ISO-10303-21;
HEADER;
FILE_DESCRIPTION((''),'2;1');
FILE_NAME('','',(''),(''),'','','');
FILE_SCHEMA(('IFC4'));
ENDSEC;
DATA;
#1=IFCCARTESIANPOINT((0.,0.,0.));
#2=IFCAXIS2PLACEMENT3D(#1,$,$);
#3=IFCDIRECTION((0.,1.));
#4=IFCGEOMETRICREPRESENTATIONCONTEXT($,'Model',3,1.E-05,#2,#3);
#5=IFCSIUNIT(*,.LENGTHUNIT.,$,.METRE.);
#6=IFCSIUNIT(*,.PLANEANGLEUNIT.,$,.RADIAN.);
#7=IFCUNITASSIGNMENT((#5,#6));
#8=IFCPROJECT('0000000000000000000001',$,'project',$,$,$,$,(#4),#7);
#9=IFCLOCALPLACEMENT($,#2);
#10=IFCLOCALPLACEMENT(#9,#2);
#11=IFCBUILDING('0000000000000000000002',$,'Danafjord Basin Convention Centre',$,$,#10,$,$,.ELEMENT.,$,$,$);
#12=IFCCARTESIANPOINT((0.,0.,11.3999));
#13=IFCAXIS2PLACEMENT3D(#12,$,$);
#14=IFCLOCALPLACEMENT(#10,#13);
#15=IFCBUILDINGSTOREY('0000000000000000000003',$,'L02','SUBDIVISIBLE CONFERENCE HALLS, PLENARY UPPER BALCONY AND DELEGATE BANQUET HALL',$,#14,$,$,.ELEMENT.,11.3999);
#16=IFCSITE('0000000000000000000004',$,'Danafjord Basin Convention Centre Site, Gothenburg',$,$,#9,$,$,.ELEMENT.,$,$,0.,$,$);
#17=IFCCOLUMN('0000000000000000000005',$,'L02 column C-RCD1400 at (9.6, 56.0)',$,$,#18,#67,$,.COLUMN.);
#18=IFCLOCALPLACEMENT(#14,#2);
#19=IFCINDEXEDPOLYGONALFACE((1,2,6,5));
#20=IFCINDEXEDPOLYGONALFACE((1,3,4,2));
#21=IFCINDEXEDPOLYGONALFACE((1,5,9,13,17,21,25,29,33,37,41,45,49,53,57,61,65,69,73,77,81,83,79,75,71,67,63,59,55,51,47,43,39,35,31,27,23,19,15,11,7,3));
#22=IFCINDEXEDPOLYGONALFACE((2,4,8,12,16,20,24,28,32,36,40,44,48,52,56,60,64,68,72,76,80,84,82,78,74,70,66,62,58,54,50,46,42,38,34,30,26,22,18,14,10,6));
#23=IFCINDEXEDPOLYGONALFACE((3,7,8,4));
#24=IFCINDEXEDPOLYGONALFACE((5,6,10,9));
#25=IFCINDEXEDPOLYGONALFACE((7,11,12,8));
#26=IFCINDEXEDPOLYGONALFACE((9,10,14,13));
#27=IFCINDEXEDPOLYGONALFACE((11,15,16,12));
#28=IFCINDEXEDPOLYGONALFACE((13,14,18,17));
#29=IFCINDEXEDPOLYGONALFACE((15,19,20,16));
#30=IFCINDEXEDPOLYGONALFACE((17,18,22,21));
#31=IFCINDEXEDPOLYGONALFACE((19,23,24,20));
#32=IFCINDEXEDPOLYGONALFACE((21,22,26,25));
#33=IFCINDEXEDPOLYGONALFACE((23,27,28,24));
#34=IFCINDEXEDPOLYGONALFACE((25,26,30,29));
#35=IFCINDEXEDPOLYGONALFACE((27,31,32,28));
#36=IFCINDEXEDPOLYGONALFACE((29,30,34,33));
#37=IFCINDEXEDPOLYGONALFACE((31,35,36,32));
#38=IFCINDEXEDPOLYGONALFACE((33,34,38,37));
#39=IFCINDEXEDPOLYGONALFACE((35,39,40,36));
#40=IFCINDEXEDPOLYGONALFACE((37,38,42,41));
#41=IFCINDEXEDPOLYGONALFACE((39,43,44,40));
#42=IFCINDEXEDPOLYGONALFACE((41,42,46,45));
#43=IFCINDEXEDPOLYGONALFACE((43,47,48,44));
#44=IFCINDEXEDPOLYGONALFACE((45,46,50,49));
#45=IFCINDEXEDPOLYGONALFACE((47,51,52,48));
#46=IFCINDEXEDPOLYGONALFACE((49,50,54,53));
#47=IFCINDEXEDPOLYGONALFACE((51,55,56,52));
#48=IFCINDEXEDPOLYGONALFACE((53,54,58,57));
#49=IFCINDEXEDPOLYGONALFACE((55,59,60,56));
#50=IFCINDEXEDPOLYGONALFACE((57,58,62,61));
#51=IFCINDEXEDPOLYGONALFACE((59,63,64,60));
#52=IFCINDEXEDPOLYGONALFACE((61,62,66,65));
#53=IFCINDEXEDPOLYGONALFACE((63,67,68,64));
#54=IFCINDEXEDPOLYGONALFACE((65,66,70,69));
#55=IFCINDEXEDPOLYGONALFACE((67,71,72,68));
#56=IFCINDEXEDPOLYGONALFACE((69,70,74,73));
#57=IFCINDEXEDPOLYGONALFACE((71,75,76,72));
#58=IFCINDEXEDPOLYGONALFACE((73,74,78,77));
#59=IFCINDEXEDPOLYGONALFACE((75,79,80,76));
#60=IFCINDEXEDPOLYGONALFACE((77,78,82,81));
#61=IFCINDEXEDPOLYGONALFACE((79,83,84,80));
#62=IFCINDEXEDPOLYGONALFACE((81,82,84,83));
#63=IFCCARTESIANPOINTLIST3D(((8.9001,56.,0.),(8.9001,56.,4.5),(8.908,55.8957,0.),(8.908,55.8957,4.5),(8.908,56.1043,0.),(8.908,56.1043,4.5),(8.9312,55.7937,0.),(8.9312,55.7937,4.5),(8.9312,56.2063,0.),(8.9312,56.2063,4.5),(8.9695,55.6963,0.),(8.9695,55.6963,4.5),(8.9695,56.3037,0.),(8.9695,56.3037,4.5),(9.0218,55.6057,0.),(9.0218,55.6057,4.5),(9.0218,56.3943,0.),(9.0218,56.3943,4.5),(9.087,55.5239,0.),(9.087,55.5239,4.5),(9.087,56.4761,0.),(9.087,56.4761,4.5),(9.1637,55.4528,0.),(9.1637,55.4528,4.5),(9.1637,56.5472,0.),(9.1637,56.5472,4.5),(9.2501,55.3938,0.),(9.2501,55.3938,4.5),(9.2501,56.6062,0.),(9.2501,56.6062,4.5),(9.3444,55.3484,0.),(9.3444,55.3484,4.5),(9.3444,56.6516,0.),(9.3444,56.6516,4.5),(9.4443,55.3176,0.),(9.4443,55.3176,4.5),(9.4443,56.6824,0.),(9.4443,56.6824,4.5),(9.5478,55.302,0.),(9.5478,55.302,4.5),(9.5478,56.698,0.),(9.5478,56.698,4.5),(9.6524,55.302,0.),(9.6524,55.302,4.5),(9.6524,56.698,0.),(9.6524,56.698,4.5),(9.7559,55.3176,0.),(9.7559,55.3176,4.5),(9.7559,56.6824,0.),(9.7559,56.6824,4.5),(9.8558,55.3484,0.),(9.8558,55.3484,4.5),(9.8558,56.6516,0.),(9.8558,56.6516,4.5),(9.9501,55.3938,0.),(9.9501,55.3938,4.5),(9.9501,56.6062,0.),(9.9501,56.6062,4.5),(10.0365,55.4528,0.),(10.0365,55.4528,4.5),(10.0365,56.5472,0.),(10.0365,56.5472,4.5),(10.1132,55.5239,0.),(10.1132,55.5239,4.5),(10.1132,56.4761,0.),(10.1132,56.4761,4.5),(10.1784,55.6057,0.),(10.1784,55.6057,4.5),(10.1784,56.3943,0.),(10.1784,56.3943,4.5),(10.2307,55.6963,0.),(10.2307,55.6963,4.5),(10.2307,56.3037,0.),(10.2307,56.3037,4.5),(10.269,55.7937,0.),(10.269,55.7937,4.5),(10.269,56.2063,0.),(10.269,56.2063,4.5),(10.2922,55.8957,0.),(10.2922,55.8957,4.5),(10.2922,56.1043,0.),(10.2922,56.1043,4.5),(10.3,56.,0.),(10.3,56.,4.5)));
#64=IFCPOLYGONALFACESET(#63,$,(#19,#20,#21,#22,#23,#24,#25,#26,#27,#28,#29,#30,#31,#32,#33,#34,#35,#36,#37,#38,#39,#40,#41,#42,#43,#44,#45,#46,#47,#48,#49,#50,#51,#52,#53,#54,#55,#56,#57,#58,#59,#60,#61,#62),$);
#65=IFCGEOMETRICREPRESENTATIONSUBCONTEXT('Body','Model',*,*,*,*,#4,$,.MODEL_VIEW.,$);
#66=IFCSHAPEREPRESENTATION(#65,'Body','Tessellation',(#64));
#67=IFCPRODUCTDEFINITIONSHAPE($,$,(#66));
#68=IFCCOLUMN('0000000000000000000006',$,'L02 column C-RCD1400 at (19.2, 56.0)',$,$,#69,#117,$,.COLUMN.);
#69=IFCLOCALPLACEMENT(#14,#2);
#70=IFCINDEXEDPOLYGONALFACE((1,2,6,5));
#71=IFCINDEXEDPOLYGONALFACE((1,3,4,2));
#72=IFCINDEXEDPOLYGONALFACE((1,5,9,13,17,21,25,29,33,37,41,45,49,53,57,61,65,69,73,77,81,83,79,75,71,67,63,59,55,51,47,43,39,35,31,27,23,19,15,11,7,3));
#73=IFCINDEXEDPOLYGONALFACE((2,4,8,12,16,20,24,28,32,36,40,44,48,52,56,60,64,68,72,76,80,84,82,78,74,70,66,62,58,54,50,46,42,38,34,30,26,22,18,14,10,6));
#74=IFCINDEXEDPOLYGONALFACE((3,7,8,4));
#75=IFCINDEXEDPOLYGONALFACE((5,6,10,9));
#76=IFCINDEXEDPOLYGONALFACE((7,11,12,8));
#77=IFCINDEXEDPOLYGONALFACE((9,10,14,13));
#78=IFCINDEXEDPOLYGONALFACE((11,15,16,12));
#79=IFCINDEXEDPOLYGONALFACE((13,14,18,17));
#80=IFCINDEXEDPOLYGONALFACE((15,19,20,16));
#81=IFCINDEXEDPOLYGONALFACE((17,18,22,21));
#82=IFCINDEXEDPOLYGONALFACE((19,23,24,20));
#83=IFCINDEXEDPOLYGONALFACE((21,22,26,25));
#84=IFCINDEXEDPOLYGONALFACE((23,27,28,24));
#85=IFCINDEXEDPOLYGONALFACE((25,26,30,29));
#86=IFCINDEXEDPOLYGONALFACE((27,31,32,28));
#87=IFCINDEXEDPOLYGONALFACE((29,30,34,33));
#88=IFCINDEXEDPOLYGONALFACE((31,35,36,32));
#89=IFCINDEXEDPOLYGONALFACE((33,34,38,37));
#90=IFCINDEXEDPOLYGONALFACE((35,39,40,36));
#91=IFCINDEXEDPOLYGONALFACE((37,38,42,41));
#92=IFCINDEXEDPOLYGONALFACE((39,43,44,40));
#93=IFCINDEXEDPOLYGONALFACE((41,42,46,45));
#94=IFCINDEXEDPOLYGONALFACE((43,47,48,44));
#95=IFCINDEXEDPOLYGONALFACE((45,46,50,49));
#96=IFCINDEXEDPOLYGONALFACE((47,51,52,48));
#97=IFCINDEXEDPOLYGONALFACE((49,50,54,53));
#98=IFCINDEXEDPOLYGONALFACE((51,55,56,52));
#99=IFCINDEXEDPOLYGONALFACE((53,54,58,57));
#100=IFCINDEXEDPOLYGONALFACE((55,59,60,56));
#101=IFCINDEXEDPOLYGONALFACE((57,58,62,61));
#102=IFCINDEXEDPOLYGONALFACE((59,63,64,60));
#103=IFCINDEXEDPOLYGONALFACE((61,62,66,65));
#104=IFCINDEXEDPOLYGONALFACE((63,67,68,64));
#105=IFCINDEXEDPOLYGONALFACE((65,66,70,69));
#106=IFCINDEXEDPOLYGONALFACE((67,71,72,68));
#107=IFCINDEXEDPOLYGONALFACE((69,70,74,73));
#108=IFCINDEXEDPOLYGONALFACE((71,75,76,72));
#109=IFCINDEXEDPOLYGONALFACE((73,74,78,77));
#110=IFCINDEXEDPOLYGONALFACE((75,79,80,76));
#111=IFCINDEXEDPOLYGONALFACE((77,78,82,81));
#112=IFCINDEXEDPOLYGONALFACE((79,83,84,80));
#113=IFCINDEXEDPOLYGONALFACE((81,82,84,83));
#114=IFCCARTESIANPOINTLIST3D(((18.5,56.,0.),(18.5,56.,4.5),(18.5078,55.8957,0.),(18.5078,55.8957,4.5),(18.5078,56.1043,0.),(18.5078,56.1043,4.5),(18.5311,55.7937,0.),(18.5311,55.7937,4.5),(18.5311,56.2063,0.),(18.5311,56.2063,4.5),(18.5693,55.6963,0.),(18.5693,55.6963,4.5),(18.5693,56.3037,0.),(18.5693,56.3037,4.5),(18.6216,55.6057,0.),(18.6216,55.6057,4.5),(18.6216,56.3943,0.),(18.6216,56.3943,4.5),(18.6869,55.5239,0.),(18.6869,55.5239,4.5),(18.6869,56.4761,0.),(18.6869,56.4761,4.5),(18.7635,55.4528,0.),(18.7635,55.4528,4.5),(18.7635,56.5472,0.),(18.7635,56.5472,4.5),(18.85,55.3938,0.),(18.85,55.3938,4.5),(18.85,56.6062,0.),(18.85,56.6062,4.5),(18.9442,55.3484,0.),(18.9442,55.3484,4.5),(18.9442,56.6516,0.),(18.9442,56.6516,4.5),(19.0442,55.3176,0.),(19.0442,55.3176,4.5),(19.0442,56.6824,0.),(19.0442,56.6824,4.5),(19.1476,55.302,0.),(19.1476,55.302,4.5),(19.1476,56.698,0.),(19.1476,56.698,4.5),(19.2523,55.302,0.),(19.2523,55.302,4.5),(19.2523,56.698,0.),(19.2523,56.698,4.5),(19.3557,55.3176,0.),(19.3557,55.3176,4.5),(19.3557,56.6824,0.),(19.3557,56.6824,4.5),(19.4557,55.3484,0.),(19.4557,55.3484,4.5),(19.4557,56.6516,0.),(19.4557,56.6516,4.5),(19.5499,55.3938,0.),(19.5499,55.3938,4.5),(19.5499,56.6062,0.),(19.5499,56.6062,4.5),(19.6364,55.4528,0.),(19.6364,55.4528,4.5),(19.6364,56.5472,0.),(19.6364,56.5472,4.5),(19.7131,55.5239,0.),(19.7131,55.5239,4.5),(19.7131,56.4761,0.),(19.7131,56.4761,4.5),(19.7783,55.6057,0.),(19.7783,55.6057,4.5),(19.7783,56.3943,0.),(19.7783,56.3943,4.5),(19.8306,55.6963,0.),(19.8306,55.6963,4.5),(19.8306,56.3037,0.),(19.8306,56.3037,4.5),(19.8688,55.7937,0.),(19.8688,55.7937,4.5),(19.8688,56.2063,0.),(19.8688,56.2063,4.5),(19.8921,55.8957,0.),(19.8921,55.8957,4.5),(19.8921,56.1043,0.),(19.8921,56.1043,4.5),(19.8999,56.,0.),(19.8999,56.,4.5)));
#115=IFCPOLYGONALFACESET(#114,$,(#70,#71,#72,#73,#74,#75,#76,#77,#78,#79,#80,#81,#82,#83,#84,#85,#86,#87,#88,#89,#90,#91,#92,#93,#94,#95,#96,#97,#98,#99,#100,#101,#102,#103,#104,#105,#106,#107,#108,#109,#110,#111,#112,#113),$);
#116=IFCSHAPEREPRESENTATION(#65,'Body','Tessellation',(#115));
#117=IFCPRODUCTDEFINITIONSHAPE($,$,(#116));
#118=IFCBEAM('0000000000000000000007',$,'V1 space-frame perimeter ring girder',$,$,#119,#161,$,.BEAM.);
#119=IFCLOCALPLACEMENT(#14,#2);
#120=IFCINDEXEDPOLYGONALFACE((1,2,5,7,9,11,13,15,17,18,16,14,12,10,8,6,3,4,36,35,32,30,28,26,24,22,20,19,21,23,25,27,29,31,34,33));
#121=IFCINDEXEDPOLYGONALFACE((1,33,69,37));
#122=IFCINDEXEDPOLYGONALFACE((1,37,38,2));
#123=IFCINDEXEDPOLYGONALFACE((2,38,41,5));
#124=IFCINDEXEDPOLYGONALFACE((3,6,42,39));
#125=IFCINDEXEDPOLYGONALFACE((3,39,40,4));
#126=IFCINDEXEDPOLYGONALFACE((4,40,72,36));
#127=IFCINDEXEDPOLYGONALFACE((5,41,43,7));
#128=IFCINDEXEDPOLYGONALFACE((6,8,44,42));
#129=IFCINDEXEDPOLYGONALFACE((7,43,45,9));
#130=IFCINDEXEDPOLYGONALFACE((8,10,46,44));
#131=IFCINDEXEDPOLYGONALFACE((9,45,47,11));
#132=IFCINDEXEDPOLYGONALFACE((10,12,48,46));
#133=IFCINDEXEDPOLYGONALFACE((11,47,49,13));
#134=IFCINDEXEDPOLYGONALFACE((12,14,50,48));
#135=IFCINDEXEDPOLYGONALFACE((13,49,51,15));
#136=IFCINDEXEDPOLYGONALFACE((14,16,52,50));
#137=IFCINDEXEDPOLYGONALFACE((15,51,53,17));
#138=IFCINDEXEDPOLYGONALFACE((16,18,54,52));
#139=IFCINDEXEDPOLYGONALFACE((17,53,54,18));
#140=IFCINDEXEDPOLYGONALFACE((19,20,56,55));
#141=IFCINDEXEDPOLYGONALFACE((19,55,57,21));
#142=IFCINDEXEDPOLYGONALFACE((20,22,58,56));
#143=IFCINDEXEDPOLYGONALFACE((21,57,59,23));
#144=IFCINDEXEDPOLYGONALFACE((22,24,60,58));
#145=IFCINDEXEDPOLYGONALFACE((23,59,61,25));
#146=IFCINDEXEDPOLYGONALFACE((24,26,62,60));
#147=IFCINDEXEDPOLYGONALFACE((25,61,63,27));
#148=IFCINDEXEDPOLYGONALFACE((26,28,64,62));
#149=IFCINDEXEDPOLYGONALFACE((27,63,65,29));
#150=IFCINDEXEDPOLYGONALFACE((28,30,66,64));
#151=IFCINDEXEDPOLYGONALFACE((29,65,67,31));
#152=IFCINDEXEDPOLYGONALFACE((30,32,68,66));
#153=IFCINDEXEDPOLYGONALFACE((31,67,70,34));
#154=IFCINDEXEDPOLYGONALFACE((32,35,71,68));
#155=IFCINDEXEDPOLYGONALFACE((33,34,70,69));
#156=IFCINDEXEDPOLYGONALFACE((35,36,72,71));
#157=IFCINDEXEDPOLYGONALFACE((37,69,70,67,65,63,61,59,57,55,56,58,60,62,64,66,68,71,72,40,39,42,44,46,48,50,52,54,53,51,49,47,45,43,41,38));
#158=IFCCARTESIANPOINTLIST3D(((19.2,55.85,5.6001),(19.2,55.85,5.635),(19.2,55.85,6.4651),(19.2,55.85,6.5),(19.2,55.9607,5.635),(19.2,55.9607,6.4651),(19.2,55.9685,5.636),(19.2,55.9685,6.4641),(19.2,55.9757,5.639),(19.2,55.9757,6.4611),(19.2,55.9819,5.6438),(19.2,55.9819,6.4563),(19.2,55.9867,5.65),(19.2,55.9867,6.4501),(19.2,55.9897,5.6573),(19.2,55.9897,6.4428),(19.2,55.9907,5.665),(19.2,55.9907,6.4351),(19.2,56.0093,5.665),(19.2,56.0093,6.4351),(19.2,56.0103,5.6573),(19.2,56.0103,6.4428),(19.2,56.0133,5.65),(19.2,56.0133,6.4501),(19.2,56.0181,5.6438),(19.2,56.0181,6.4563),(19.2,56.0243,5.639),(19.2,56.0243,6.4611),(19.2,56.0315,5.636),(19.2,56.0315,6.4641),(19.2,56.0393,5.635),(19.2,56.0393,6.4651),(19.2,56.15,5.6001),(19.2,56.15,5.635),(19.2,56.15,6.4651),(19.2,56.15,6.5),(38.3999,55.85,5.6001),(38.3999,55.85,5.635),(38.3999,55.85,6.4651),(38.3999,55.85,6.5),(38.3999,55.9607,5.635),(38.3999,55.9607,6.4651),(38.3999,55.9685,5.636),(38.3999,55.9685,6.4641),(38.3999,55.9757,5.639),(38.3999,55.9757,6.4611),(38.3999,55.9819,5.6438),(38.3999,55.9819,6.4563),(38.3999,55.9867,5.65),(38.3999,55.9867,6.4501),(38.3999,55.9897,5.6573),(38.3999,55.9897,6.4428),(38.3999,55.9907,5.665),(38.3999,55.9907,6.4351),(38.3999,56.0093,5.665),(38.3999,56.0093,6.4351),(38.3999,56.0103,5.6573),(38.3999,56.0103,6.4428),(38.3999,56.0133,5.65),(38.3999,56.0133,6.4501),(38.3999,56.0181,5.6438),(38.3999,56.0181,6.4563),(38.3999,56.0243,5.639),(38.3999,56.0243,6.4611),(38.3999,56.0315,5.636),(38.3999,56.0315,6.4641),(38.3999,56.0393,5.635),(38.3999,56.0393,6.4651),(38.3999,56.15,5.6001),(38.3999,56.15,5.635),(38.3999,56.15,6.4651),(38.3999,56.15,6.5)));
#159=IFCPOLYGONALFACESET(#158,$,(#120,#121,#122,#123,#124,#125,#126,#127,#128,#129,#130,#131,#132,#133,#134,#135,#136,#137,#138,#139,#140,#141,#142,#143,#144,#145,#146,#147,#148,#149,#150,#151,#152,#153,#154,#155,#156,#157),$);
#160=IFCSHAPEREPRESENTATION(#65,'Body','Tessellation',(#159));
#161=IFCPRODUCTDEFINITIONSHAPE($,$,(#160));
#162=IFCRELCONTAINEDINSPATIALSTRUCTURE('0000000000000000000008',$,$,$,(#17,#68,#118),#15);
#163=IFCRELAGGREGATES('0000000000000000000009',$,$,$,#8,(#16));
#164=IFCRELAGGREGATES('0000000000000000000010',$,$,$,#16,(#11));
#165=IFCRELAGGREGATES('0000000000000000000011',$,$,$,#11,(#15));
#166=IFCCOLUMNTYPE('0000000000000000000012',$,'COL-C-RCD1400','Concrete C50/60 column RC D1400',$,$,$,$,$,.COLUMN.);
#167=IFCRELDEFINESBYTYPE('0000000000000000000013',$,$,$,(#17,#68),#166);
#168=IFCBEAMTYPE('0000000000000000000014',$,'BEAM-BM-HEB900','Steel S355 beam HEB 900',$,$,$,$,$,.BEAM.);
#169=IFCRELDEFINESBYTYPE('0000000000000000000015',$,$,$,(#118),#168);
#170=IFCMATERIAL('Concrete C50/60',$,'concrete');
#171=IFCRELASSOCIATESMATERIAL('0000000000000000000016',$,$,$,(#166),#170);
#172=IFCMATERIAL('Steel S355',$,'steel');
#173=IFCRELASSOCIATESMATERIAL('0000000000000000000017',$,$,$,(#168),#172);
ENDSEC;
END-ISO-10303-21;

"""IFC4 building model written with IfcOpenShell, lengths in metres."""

from ifc_helpers import new_model, si_unit, direction, frame, origin, origin_2d, place, context, subcontext, project, spatial, circle, i_section, extrude, material, material_profile, profile_set, type_object, element, save


model = new_model("IFC4")

# Units and contexts
model_context = context("Model", 3, precision=1e-05, world=origin(), true_north=direction((0.0, 1.0)))
body_context = subcontext(model_context, "Body", "Model", "MODEL_VIEW")
ifc_project = project(units=[si_unit("LENGTHUNIT", "METRE"), si_unit("PLANEANGLEUNIT", "RADIAN")], contexts=[model_context])

# Site, building, storey
site_placement = place(None, origin())
site = spatial("IfcSite", under=ifc_project, at=site_placement, Name="Danafjord Basin Convention Centre Site, Gothenburg", CompositionType="ELEMENT", RefElevation=0.0)
building_placement = place(site_placement, origin())
building = spatial("IfcBuilding", under=site, at=building_placement, Name="Danafjord Basin Convention Centre", CompositionType="ELEMENT")
storey_placement = place(building_placement, frame((0.0, 0.0, 11.3999)))
storey = spatial("IfcBuildingStorey", under=building, at=storey_placement, Name="L02", Description="SUBDIVISIBLE CONFERENCE HALLS, PLENARY UPPER BALCONY AND DELEGATE BANQUET HALL", CompositionType="ELEMENT", Elevation=11.3999)

# Columns
ifc_material_1 = material(Name="Concrete C50/60", Category="concrete")
ifc_material_profile_1 = material_profile(ifc_material_1, circle(Radius=0.7, at=origin_2d()), Name="RC D1400")
ifc_profile_set_1 = profile_set([ifc_material_profile_1], Name="Concrete C50/60")
column_type = type_object("IfcColumnType", Name="COL-C-RCD1400", Description="Concrete C50/60 column RC D1400", PredefinedType="COLUMN", material=ifc_profile_set_1)
for number, where, z_axis, x_axis, name in (
    (1, (9.6001, 56.0, 0.0), (0.0, 0.0, 1.0), (1.0, 0.0, 0.0), "L02 column C-RCD1400 at (9.6, 56.0)"),
    (2, (19.2, 56.0, 0.0), (0.0, 0.0, 1.0), (1.0, 0.0, 0.0), "L02 column C-RCD1400 at (19.2, 56.0)"),
):
    element("IfcColumn", number, at=place(storey_placement, frame(where, z_axis=z_axis, x_axis=x_axis)), inside=storey, type_object=column_type, Name=name, PredefinedType="COLUMN", context=body_context, shape_type="SweptSolid", body=[
        extrude(circle(Radius=0.7, at=origin_2d()), origin(), (0.0, 0.0, 1.0), 4.5),
    ])

# Beam
ifc_material_2 = material(Name="Steel S355", Category="steel")
ifc_material_profile_2 = material_profile(ifc_material_2, i_section(OverallWidth=0.3, OverallDepth=0.8999, WebThickness=0.0186, FlangeThickness=0.0349, FilletRadius=0.03, at=origin_2d()), Name="HEB 900")
ifc_profile_set_2 = profile_set([ifc_material_profile_2], Name="Steel S355")
beam_type_1 = type_object("IfcBeamType", Name="BEAM-BM-HEB900", Description="Steel S355 beam HEB 900", PredefinedType="BEAM", material=ifc_profile_set_2)
beam_1_placement = place(storey_placement, frame((19.2, 56.0, 6.05), z_axis=(1.0, 0.0, 0.0), x_axis=(0.0, 1.0, 0.0)))
element("IfcBeam", 3, at=beam_1_placement, inside=storey, type_object=beam_type_1, Name="V1 space-frame perimeter ring girder", PredefinedType="BEAM", context=body_context, shape_type="SweptSolid", body=[
    extrude(i_section(OverallWidth=0.3, OverallDepth=0.8999, WebThickness=0.0186, FlangeThickness=0.0349, FilletRadius=0.03, at=origin_2d()), origin(), (0.0, 0.0, 1.0), 19.2),
])

save(model, "model.ifc")
